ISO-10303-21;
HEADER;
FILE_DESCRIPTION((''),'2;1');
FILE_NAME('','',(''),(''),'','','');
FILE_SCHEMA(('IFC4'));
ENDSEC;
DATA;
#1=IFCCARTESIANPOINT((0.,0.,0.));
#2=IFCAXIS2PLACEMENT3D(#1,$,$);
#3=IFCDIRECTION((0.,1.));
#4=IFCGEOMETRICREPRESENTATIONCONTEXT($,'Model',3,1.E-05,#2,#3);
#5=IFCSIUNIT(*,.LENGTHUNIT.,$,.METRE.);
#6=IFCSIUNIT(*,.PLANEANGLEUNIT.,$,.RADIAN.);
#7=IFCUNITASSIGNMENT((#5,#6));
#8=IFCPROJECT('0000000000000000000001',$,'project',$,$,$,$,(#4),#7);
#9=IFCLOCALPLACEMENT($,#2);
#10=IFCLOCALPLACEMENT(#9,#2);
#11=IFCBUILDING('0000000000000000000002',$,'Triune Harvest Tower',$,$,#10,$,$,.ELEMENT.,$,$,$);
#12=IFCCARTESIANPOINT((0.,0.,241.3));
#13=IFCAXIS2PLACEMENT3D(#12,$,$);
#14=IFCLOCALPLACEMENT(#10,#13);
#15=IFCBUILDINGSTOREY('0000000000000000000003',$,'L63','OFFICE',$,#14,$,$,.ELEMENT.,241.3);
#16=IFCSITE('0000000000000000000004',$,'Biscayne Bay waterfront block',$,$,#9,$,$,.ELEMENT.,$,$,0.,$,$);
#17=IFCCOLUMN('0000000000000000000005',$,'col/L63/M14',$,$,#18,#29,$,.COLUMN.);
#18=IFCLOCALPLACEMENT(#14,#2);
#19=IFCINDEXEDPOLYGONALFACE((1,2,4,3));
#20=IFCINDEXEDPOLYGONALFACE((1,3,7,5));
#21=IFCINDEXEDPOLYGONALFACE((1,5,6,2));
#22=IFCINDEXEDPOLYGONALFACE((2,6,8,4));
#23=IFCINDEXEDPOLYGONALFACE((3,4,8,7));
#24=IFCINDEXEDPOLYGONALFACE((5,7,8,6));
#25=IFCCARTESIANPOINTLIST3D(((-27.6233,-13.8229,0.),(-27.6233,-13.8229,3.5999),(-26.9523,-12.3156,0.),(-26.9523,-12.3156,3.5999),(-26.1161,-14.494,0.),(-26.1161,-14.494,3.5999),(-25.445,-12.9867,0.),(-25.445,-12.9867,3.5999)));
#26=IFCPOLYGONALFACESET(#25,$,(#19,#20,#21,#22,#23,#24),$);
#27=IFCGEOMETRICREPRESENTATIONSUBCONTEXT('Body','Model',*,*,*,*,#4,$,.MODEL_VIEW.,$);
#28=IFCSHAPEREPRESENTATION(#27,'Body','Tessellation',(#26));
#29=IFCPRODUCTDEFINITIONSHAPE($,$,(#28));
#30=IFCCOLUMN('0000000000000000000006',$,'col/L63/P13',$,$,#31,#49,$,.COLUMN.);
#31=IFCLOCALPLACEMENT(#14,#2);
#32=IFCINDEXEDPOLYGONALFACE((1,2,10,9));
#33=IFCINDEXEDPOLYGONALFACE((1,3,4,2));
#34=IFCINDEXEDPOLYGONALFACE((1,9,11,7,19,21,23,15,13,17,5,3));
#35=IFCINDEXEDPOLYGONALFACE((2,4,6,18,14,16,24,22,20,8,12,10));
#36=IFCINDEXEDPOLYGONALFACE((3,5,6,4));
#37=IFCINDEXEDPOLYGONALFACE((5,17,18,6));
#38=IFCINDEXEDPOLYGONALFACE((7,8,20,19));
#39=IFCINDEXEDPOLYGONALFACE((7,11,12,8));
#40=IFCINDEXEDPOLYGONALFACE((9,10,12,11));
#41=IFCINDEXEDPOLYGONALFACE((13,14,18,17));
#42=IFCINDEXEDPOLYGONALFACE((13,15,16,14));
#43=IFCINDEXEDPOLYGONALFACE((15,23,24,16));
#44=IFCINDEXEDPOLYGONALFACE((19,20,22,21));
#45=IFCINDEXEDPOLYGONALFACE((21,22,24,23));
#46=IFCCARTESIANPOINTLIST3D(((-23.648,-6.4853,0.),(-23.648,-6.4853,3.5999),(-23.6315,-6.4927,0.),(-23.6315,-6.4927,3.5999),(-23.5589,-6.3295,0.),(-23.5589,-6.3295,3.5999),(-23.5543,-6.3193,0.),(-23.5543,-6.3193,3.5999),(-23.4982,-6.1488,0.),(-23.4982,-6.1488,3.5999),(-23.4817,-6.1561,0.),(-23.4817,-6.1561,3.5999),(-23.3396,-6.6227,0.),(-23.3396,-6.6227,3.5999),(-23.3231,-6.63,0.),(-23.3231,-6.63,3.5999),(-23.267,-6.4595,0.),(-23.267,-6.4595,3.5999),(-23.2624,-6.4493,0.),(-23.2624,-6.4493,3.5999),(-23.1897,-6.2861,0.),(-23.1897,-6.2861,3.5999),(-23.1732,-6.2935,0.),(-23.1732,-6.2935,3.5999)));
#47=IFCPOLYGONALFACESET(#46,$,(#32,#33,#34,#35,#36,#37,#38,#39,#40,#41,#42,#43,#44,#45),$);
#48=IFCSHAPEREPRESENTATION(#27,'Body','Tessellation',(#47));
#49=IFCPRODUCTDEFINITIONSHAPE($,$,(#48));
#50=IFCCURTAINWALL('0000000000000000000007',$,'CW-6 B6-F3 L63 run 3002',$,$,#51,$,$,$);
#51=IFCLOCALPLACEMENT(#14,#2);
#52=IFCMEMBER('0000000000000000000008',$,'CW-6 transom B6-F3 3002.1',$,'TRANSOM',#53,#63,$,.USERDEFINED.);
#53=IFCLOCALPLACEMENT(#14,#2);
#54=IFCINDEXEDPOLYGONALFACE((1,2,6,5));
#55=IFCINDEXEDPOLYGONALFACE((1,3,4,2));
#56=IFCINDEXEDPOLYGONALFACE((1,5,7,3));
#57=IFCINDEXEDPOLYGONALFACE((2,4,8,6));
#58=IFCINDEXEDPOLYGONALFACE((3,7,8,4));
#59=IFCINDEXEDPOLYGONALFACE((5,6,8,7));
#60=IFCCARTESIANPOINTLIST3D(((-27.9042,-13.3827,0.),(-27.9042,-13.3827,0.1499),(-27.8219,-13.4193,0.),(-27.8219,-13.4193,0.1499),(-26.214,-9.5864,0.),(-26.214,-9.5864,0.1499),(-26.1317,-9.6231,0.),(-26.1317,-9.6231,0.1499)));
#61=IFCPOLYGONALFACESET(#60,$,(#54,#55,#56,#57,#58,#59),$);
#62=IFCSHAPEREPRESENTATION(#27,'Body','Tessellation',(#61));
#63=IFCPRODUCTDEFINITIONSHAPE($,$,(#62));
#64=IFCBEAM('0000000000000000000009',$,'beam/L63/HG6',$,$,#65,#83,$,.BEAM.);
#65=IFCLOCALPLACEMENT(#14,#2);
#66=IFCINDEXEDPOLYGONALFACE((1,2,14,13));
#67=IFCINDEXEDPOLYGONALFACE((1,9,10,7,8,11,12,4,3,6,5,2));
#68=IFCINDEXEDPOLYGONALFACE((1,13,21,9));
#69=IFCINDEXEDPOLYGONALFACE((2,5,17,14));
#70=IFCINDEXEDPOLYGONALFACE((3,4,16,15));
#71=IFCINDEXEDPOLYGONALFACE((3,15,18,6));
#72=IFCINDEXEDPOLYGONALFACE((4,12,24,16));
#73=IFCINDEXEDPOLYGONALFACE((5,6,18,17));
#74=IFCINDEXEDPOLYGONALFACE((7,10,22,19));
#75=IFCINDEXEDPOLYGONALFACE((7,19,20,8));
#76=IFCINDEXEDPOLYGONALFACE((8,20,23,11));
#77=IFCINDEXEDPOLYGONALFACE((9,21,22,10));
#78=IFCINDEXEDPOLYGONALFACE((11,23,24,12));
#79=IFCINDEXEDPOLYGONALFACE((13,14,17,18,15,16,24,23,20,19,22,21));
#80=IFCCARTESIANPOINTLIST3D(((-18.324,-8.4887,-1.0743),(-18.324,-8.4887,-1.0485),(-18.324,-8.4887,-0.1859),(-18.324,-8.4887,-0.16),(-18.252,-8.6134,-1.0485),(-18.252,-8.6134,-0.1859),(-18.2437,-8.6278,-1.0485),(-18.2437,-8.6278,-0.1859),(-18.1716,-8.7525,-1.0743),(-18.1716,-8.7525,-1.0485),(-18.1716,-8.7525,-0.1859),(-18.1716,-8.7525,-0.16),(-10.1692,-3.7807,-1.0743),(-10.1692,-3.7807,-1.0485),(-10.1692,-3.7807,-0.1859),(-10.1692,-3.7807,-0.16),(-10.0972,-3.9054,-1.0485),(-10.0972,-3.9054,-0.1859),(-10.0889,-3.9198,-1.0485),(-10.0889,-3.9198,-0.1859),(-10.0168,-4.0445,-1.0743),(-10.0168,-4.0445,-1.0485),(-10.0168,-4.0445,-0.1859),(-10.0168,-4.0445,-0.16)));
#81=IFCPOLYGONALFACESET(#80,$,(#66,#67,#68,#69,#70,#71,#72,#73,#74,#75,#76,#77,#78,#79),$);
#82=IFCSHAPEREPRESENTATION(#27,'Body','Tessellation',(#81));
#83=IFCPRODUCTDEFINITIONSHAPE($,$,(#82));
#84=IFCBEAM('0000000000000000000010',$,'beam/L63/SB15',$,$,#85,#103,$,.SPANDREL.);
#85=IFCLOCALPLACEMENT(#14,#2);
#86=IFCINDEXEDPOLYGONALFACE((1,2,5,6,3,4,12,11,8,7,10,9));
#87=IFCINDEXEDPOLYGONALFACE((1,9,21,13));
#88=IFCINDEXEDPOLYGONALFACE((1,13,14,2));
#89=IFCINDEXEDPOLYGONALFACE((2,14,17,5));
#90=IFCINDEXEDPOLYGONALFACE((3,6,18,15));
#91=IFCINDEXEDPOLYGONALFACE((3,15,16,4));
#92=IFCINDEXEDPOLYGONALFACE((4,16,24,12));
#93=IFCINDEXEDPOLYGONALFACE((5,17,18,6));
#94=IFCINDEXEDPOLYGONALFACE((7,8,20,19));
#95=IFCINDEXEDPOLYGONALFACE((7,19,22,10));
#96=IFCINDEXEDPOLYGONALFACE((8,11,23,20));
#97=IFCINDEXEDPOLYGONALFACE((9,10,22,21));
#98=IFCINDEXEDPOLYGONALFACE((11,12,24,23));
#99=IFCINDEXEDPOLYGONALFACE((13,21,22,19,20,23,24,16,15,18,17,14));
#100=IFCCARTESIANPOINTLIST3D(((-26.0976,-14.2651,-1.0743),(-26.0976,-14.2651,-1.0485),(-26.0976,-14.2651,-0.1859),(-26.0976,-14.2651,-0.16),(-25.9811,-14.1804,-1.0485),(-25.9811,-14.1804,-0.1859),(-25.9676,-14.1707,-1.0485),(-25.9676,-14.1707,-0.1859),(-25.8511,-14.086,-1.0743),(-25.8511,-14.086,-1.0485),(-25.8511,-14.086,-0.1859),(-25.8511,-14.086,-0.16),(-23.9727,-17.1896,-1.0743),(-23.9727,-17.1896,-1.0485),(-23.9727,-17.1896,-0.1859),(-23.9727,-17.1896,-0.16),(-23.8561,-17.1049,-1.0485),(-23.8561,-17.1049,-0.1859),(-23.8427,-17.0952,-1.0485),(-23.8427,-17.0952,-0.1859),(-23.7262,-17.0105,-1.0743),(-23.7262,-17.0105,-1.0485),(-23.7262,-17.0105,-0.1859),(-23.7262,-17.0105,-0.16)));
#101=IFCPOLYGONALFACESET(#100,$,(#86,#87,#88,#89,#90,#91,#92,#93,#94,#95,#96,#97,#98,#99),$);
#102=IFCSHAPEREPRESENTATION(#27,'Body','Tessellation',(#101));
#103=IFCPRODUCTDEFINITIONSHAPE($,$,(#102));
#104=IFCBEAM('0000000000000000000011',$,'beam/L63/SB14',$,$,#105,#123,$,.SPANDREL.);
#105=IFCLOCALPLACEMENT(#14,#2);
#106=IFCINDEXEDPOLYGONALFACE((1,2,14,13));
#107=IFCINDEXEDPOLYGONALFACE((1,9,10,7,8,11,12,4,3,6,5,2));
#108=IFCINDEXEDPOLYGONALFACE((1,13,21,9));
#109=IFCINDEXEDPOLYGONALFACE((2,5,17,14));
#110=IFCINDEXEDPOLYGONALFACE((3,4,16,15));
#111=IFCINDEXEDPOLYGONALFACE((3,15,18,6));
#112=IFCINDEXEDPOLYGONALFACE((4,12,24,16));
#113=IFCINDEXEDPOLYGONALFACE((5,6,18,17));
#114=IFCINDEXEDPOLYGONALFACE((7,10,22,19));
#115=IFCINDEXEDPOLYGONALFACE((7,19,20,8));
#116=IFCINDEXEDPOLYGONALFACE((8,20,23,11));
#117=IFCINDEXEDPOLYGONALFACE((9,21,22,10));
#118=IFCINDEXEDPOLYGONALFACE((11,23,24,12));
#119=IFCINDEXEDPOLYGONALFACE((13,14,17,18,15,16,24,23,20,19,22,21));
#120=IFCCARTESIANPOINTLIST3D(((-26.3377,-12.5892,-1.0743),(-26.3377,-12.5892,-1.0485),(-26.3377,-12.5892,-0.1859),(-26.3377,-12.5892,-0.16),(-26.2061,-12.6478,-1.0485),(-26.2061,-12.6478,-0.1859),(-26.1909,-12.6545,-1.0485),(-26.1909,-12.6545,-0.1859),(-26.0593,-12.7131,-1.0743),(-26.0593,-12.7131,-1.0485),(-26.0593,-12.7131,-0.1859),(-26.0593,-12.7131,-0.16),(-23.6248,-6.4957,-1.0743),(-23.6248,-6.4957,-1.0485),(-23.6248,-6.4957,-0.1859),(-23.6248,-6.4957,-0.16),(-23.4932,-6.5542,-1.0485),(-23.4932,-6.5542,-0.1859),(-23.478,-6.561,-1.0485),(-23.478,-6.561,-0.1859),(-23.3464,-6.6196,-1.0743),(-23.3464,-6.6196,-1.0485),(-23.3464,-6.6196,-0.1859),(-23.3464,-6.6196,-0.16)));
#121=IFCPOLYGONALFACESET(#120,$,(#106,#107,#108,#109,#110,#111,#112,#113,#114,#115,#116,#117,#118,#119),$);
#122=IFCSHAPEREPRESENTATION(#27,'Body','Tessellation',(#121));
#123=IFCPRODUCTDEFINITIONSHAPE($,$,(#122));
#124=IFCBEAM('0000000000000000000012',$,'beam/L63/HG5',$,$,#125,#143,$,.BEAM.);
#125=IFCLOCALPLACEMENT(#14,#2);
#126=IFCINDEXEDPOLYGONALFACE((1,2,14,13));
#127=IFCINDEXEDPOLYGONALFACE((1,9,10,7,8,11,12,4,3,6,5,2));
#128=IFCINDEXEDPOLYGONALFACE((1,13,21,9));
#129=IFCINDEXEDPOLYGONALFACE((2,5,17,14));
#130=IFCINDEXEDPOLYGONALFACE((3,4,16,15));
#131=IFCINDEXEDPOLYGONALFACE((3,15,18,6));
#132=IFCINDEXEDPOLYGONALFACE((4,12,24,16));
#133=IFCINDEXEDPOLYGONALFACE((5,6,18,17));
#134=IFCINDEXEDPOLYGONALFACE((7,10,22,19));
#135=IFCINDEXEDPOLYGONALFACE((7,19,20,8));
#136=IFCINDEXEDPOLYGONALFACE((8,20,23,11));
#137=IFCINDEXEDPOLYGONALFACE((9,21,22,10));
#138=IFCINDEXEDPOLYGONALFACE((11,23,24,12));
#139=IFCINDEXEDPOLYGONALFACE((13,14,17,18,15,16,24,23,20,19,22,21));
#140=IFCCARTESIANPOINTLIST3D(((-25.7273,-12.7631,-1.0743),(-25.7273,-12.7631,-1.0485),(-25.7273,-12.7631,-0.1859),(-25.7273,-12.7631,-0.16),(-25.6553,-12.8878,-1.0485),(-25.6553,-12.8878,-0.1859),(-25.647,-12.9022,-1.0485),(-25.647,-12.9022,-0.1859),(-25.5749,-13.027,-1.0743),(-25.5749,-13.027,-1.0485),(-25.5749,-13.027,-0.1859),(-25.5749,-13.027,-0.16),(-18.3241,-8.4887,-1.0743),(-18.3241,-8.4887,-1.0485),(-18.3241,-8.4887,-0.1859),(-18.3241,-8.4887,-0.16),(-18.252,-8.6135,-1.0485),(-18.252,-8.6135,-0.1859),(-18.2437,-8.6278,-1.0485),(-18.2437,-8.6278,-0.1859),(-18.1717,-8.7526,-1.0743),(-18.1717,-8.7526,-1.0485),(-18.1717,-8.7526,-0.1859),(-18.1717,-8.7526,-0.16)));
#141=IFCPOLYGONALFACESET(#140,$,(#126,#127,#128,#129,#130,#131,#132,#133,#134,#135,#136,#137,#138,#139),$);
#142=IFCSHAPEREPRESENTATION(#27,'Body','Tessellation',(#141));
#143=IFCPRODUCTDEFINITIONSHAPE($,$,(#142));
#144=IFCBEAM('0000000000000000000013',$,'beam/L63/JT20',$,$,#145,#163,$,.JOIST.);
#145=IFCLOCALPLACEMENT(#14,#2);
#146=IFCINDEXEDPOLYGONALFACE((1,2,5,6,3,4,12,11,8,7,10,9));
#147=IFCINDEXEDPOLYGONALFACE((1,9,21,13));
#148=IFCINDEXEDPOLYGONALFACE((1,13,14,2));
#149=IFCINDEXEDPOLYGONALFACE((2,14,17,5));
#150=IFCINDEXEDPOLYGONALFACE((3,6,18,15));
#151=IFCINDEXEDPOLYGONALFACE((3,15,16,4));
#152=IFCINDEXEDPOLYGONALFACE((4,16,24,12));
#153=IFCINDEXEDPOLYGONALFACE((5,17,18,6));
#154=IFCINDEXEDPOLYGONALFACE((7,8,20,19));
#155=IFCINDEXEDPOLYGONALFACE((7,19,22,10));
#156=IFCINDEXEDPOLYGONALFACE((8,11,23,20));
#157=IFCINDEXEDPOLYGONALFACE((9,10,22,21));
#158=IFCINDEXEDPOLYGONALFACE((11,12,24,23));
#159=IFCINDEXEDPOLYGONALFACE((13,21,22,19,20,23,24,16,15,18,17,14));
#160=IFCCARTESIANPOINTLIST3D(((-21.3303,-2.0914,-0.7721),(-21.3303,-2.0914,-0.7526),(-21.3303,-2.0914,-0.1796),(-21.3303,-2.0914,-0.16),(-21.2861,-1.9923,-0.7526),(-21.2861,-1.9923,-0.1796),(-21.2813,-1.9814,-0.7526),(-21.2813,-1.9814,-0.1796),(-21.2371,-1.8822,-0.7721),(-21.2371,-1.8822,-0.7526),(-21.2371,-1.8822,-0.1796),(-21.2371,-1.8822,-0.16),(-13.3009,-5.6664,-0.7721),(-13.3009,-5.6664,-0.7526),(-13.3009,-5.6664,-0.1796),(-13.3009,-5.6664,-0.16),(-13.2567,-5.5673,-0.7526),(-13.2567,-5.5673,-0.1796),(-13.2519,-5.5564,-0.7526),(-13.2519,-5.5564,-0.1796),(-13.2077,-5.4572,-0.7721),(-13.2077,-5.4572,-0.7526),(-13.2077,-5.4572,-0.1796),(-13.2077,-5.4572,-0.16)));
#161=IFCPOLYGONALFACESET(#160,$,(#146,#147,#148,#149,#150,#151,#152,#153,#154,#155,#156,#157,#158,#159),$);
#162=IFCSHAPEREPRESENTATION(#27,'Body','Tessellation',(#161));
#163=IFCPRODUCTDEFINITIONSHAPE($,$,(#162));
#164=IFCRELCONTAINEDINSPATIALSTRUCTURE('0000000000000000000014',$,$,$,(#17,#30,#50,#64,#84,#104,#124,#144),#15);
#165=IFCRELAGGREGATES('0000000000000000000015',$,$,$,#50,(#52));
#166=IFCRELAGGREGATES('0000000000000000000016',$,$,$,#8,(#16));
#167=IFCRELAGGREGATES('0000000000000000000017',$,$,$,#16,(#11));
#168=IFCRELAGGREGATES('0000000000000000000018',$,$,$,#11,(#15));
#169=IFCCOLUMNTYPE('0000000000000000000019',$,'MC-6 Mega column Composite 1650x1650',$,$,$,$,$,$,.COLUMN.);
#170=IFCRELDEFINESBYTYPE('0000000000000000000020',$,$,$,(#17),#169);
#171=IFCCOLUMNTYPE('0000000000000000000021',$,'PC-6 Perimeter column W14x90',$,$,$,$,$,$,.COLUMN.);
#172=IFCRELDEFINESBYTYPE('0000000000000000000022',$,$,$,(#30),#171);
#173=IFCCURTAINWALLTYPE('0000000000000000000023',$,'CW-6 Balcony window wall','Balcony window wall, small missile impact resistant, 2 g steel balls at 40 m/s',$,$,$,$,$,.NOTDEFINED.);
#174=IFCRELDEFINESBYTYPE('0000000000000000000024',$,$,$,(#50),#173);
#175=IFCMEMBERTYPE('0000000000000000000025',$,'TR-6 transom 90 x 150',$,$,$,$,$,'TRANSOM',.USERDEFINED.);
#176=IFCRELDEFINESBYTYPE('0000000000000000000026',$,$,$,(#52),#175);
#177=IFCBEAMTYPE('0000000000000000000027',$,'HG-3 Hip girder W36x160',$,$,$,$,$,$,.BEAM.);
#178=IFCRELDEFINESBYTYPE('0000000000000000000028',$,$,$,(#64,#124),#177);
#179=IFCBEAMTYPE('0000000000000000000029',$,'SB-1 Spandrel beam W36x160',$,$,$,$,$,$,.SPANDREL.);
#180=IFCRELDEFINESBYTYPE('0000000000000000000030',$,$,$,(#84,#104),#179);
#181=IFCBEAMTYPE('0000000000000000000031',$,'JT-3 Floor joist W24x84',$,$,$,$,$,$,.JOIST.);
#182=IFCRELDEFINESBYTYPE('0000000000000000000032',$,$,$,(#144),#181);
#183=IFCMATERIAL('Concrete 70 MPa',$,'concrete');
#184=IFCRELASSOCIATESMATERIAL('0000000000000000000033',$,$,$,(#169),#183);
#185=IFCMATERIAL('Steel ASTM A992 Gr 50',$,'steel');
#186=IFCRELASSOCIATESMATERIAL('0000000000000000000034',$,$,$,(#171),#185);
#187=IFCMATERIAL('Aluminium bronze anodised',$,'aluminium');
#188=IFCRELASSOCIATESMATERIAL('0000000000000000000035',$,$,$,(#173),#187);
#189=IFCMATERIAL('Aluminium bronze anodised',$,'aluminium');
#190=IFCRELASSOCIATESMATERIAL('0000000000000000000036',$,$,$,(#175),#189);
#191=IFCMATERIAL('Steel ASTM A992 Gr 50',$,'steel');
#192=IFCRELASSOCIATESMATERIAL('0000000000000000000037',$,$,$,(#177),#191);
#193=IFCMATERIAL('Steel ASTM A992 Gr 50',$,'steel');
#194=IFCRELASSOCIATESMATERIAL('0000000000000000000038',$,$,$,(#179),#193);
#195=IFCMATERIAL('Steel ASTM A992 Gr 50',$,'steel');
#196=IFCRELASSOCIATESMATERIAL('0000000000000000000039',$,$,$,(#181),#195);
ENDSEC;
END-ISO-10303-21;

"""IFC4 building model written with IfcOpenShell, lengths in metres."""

from ifc_helpers import new_model, si_unit, direction, frame, origin, origin_2d, place, context, subcontext, project, spatial, rectangle, i_section, extrude, source, transform, mapped, material, material_profile, profile_set, type_object, element, aggregate, save


model = new_model("IFC4")

# Units and contexts
model_context = context("Model", 3, precision=1e-05, world=origin(), true_north=direction((0.0, 1.0)))
body_context = subcontext(model_context, "Body", "Model", "MODEL_VIEW")
ifc_project = project(units=[si_unit("LENGTHUNIT", "METRE"), si_unit("PLANEANGLEUNIT", "RADIAN")], contexts=[model_context])

# Site, building, storey
site_placement = place(None, origin())
site = spatial("IfcSite", under=ifc_project, at=site_placement, Name="Biscayne Bay waterfront block", CompositionType="ELEMENT", RefElevation=0.0)
building_placement = place(site_placement, origin())
building = spatial("IfcBuilding", under=site, at=building_placement, Name="Triune Harvest Tower", CompositionType="ELEMENT")
storey_placement = place(building_placement, frame((0.0, 0.0, 241.3)))
storey = spatial("IfcBuildingStorey", under=building, at=storey_placement, Name="L63", Description="OFFICE", CompositionType="ELEMENT", Elevation=241.3)

# Columns
ifc_material_1 = material(Name="Concrete 70 MPa", Category="concrete")
ifc_material_profile_1 = material_profile(ifc_material_1, rectangle(XDim=1.6499, YDim=1.6499, at=origin_2d()), Name="Composite 1650x1650")
ifc_profile_set_1 = profile_set([ifc_material_profile_1], Name="Concrete 70 MPa")
column_type_1 = type_object("IfcColumnType", Name="MC-6 Mega column Composite 1650x1650", PredefinedType="COLUMN", material=ifc_profile_set_1)
shared_shape_1 = source(origin(), body_context, "Body", "SweptSolid", [
    extrude(rectangle(XDim=1.6499, YDim=1.6499, at=origin_2d()), origin(), (0.0, 0.0, 1.0), 3.5999),
])
column_1_placement = place(storey_placement, frame((-26.5342, -13.4048, 0.0), z_axis=(0.0, 0.0, 1.0), x_axis=(-0.406738, -0.913545, 0.0)))
element("IfcColumn", 1, at=column_1_placement, inside=storey, type_object=column_type_1, Name="col/L63/M14", PredefinedType="COLUMN", context=body_context, shape_type="MappedRepresentation", body=[
    mapped(shared_shape_1, transform((0.0, 0.0, 0.0), scale=1.0)),
])
ifc_material_2 = material(Name="Steel ASTM A992 Gr 50", Category="steel")
ifc_material_profile_2 = material_profile(ifc_material_2, i_section(OverallWidth=0.3684, OverallDepth=0.3557, WebThickness=0.0112, FlangeThickness=0.0181, at=origin_2d()), Name="W14x90")
ifc_profile_set_2 = profile_set([ifc_material_profile_2], Name="Steel ASTM A992 Gr 50")
column_type_2 = type_object("IfcColumnType", Name="PC-6 Perimeter column W14x90", PredefinedType="COLUMN", material=ifc_profile_set_2)
shared_shape_2 = source(origin(), body_context, "Body", "SweptSolid", [
    extrude(i_section(OverallWidth=0.3684, OverallDepth=0.3557, WebThickness=0.0112, FlangeThickness=0.0181, at=origin_2d()), origin(), (0.0, 0.0, 1.0), 3.5999),
])
column_2_placement = place(storey_placement, frame((-23.4106, -6.3894, 0.0), z_axis=(0.0, 0.0, 1.0), x_axis=(-0.406738, -0.913545, 0.0)))
element("IfcColumn", 2, at=column_2_placement, inside=storey, type_object=column_type_2, Name="col/L63/P13", PredefinedType="COLUMN", context=body_context, shape_type="MappedRepresentation", body=[
    mapped(shared_shape_2, transform((0.0, 0.0, 0.0), scale=1.0)),
])

# Curtain wall, member
ifc_material_3 = material(Name="Aluminium bronze anodised", Category="aluminium")
curtain_wall_type_1 = type_object("IfcCurtainWallType", Name="CW-6 Balcony window wall", Description="Balcony window wall, small missile impact resistant, 2 g steel balls at 40 m/s", PredefinedType="NOTDEFINED", material=ifc_material_3)
curtain_wall_1_placement = place(storey_placement, origin())
curtain_wall_1 = element("IfcCurtainWall", 3, at=curtain_wall_1_placement, inside=storey, type_object=curtain_wall_type_1, Name="CW-6 B6-F3 L63 run 3002")
ifc_material_4 = material(Name="Aluminium bronze anodised", Category="aluminium")
ifc_material_profile_3 = material_profile(ifc_material_4, rectangle(XDim=0.0901, YDim=0.1499, at=origin_2d()), Name="TR-6 transom 90 x 150")
ifc_profile_set_3 = profile_set([ifc_material_profile_3], Name="Aluminium bronze anodised")
member_type_1 = type_object("IfcMemberType", Name="TR-6 transom 90 x 150", ElementType="TRANSOM", PredefinedType="USERDEFINED", material=ifc_profile_set_3)
member_1_placement = place(storey_placement, frame((-26.1729, -9.6047, 0.075), z_axis=(-0.406743, -0.913542, 0.0), x_axis=(0.913542, -0.406743, 0.0)))
member_1 = element("IfcMember", 4, at=member_1_placement, type_object=member_type_1, Name="CW-6 transom B6-F3 3002.1", ObjectType="TRANSOM", PredefinedType="USERDEFINED", context=body_context, shape_type="SweptSolid", body=[
    extrude(rectangle(XDim=0.0901, YDim=0.1499, at=origin_2d()), origin(), (0.0, 0.0, 1.0), 4.1555),
])

# Beams
ifc_material_5 = material(Name="Steel ASTM A992 Gr 50", Category="steel")
ifc_material_profile_4 = material_profile(ifc_material_5, i_section(OverallWidth=0.3047, OverallDepth=0.9143, WebThickness=0.0166, FlangeThickness=0.0259, at=origin_2d()), Name="W36x160")
ifc_profile_set_4 = profile_set([ifc_material_profile_4], Name="Steel ASTM A992 Gr 50")
beam_type_1 = type_object("IfcBeamType", Name="HG-3 Hip girder W36x160", PredefinedType="BEAM", material=ifc_profile_set_4)
shared_shape_3 = source(origin(), body_context, "Body", "SweptSolid", [
    extrude(i_section(OverallWidth=0.3047, OverallDepth=0.9143, WebThickness=0.0166, FlangeThickness=0.0259, at=origin_2d()), origin(), (0.0, 0.0, 1.0), 9.4163),
])
beam_1_placement = place(storey_placement, frame((-18.2478, -8.6206, -0.6172), z_axis=(0.866033, 0.499987, 0.0), x_axis=(-0.499987, 0.866033, 0.0)))
element("IfcBeam", 5, at=beam_1_placement, inside=storey, type_object=beam_type_1, Name="beam/L63/HG6", PredefinedType="BEAM", context=body_context, shape_type="MappedRepresentation", body=[
    mapped(shared_shape_3, transform((0.0, 0.0, 0.0), scale=1.0)),
])
ifc_material_6 = material(Name="Steel ASTM A992 Gr 50", Category="steel")
ifc_material_profile_5 = material_profile(ifc_material_6, i_section(OverallWidth=0.3047, OverallDepth=0.9143, WebThickness=0.0166, FlangeThickness=0.0259, at=origin_2d()), Name="W36x160")
ifc_profile_set_5 = profile_set([ifc_material_profile_5], Name="Steel ASTM A992 Gr 50")
beam_type_2 = type_object("IfcBeamType", Name="SB-1 Spandrel beam W36x160", PredefinedType="SPANDREL", material=ifc_profile_set_5)
shared_shape_4 = source(origin(), body_context, "Body", "SweptSolid", [
    extrude(i_section(OverallWidth=0.3047, OverallDepth=0.9143, WebThickness=0.0166, FlangeThickness=0.0259, at=origin_2d()), origin(), (0.0, 0.0, 1.0), 3.615),
])
beam_2_placement = place(storey_placement, frame((-25.9744, -14.1755, -0.6172), z_axis=(0.587818, -0.808993, 0.0), x_axis=(0.808993, 0.587818, 0.0)))
element("IfcBeam", 6, at=beam_2_placement, inside=storey, type_object=beam_type_2, Name="beam/L63/SB15", PredefinedType="SPANDREL", context=body_context, shape_type="MappedRepresentation", body=[
    mapped(shared_shape_4, transform((0.0, 0.0, 0.0), scale=1.0)),
])
shared_shape_5 = source(origin(), body_context, "Body", "SweptSolid", [
    extrude(i_section(OverallWidth=0.3047, OverallDepth=0.9143, WebThickness=0.0166, FlangeThickness=0.0259, at=origin_2d()), origin(), (0.0, 0.0, 1.0), 6.6702),
])
beam_3_placement = place(storey_placement, frame((-23.4856, -6.5576, -0.6172), z_axis=(-0.406723, -0.913552, 0.0), x_axis=(0.913552, -0.406723, 0.0)))
element("IfcBeam", 7, at=beam_3_placement, inside=storey, type_object=beam_type_2, Name="beam/L63/SB14", PredefinedType="SPANDREL", context=body_context, shape_type="MappedRepresentation", body=[
    mapped(shared_shape_5, transform((0.0, 0.0, 0.0), scale=1.0)),
])
shared_shape_6 = source(origin(), body_context, "Body", "SweptSolid", [
    extrude(i_section(OverallWidth=0.3047, OverallDepth=0.9143, WebThickness=0.0166, FlangeThickness=0.0259, at=origin_2d()), origin(), (0.0, 0.0, 1.0), 8.5486),
])
beam_4_placement = place(storey_placement, frame((-25.6511, -12.895, -0.6172), z_axis=(0.86602, 0.500009, 0.0), x_axis=(-0.500009, 0.86602, 0.0)))
element("IfcBeam", 8, at=beam_4_placement, inside=storey, type_object=beam_type_1, Name="beam/L63/HG5", PredefinedType="BEAM", context=body_context, shape_type="MappedRepresentation", body=[
    mapped(shared_shape_6, transform((0.0, 0.0, 0.0), scale=1.0)),
])
ifc_material_7 = material(Name="Steel ASTM A992 Gr 50", Category="steel")
ifc_material_profile_6 = material_profile(ifc_material_7, i_section(OverallWidth=0.229, OverallDepth=0.6121, WebThickness=0.012, FlangeThickness=0.0195, at=origin_2d()), Name="W24x84")
ifc_profile_set_6 = profile_set([ifc_material_profile_6], Name="Steel ASTM A992 Gr 50")
beam_type_3 = type_object("IfcBeamType", Name="JT-3 Floor joist W24x84", PredefinedType="JOIST", material=ifc_profile_set_6)
shared_shape_7 = source(origin(), body_context, "Body", "SweptSolid", [
    extrude(i_section(OverallWidth=0.229, OverallDepth=0.6121, WebThickness=0.012, FlangeThickness=0.0195, at=origin_2d()), origin(), (0.0, 0.0, 1.0), 8.7893),
])
beam_5_placement = place(storey_placement, frame((-21.2837, -1.9868, -0.4661), z_axis=(0.913542, -0.406744, 0.0), x_axis=(0.406744, 0.913542, 0.0)))
element("IfcBeam", 9, at=beam_5_placement, inside=storey, type_object=beam_type_3, Name="beam/L63/JT20", PredefinedType="JOIST", context=body_context, shape_type="MappedRepresentation", body=[
    mapped(shared_shape_7, transform((0.0, 0.0, 0.0), scale=1.0)),
])

aggregate(curtain_wall_1, [member_1])

save(model, "model.ifc")
